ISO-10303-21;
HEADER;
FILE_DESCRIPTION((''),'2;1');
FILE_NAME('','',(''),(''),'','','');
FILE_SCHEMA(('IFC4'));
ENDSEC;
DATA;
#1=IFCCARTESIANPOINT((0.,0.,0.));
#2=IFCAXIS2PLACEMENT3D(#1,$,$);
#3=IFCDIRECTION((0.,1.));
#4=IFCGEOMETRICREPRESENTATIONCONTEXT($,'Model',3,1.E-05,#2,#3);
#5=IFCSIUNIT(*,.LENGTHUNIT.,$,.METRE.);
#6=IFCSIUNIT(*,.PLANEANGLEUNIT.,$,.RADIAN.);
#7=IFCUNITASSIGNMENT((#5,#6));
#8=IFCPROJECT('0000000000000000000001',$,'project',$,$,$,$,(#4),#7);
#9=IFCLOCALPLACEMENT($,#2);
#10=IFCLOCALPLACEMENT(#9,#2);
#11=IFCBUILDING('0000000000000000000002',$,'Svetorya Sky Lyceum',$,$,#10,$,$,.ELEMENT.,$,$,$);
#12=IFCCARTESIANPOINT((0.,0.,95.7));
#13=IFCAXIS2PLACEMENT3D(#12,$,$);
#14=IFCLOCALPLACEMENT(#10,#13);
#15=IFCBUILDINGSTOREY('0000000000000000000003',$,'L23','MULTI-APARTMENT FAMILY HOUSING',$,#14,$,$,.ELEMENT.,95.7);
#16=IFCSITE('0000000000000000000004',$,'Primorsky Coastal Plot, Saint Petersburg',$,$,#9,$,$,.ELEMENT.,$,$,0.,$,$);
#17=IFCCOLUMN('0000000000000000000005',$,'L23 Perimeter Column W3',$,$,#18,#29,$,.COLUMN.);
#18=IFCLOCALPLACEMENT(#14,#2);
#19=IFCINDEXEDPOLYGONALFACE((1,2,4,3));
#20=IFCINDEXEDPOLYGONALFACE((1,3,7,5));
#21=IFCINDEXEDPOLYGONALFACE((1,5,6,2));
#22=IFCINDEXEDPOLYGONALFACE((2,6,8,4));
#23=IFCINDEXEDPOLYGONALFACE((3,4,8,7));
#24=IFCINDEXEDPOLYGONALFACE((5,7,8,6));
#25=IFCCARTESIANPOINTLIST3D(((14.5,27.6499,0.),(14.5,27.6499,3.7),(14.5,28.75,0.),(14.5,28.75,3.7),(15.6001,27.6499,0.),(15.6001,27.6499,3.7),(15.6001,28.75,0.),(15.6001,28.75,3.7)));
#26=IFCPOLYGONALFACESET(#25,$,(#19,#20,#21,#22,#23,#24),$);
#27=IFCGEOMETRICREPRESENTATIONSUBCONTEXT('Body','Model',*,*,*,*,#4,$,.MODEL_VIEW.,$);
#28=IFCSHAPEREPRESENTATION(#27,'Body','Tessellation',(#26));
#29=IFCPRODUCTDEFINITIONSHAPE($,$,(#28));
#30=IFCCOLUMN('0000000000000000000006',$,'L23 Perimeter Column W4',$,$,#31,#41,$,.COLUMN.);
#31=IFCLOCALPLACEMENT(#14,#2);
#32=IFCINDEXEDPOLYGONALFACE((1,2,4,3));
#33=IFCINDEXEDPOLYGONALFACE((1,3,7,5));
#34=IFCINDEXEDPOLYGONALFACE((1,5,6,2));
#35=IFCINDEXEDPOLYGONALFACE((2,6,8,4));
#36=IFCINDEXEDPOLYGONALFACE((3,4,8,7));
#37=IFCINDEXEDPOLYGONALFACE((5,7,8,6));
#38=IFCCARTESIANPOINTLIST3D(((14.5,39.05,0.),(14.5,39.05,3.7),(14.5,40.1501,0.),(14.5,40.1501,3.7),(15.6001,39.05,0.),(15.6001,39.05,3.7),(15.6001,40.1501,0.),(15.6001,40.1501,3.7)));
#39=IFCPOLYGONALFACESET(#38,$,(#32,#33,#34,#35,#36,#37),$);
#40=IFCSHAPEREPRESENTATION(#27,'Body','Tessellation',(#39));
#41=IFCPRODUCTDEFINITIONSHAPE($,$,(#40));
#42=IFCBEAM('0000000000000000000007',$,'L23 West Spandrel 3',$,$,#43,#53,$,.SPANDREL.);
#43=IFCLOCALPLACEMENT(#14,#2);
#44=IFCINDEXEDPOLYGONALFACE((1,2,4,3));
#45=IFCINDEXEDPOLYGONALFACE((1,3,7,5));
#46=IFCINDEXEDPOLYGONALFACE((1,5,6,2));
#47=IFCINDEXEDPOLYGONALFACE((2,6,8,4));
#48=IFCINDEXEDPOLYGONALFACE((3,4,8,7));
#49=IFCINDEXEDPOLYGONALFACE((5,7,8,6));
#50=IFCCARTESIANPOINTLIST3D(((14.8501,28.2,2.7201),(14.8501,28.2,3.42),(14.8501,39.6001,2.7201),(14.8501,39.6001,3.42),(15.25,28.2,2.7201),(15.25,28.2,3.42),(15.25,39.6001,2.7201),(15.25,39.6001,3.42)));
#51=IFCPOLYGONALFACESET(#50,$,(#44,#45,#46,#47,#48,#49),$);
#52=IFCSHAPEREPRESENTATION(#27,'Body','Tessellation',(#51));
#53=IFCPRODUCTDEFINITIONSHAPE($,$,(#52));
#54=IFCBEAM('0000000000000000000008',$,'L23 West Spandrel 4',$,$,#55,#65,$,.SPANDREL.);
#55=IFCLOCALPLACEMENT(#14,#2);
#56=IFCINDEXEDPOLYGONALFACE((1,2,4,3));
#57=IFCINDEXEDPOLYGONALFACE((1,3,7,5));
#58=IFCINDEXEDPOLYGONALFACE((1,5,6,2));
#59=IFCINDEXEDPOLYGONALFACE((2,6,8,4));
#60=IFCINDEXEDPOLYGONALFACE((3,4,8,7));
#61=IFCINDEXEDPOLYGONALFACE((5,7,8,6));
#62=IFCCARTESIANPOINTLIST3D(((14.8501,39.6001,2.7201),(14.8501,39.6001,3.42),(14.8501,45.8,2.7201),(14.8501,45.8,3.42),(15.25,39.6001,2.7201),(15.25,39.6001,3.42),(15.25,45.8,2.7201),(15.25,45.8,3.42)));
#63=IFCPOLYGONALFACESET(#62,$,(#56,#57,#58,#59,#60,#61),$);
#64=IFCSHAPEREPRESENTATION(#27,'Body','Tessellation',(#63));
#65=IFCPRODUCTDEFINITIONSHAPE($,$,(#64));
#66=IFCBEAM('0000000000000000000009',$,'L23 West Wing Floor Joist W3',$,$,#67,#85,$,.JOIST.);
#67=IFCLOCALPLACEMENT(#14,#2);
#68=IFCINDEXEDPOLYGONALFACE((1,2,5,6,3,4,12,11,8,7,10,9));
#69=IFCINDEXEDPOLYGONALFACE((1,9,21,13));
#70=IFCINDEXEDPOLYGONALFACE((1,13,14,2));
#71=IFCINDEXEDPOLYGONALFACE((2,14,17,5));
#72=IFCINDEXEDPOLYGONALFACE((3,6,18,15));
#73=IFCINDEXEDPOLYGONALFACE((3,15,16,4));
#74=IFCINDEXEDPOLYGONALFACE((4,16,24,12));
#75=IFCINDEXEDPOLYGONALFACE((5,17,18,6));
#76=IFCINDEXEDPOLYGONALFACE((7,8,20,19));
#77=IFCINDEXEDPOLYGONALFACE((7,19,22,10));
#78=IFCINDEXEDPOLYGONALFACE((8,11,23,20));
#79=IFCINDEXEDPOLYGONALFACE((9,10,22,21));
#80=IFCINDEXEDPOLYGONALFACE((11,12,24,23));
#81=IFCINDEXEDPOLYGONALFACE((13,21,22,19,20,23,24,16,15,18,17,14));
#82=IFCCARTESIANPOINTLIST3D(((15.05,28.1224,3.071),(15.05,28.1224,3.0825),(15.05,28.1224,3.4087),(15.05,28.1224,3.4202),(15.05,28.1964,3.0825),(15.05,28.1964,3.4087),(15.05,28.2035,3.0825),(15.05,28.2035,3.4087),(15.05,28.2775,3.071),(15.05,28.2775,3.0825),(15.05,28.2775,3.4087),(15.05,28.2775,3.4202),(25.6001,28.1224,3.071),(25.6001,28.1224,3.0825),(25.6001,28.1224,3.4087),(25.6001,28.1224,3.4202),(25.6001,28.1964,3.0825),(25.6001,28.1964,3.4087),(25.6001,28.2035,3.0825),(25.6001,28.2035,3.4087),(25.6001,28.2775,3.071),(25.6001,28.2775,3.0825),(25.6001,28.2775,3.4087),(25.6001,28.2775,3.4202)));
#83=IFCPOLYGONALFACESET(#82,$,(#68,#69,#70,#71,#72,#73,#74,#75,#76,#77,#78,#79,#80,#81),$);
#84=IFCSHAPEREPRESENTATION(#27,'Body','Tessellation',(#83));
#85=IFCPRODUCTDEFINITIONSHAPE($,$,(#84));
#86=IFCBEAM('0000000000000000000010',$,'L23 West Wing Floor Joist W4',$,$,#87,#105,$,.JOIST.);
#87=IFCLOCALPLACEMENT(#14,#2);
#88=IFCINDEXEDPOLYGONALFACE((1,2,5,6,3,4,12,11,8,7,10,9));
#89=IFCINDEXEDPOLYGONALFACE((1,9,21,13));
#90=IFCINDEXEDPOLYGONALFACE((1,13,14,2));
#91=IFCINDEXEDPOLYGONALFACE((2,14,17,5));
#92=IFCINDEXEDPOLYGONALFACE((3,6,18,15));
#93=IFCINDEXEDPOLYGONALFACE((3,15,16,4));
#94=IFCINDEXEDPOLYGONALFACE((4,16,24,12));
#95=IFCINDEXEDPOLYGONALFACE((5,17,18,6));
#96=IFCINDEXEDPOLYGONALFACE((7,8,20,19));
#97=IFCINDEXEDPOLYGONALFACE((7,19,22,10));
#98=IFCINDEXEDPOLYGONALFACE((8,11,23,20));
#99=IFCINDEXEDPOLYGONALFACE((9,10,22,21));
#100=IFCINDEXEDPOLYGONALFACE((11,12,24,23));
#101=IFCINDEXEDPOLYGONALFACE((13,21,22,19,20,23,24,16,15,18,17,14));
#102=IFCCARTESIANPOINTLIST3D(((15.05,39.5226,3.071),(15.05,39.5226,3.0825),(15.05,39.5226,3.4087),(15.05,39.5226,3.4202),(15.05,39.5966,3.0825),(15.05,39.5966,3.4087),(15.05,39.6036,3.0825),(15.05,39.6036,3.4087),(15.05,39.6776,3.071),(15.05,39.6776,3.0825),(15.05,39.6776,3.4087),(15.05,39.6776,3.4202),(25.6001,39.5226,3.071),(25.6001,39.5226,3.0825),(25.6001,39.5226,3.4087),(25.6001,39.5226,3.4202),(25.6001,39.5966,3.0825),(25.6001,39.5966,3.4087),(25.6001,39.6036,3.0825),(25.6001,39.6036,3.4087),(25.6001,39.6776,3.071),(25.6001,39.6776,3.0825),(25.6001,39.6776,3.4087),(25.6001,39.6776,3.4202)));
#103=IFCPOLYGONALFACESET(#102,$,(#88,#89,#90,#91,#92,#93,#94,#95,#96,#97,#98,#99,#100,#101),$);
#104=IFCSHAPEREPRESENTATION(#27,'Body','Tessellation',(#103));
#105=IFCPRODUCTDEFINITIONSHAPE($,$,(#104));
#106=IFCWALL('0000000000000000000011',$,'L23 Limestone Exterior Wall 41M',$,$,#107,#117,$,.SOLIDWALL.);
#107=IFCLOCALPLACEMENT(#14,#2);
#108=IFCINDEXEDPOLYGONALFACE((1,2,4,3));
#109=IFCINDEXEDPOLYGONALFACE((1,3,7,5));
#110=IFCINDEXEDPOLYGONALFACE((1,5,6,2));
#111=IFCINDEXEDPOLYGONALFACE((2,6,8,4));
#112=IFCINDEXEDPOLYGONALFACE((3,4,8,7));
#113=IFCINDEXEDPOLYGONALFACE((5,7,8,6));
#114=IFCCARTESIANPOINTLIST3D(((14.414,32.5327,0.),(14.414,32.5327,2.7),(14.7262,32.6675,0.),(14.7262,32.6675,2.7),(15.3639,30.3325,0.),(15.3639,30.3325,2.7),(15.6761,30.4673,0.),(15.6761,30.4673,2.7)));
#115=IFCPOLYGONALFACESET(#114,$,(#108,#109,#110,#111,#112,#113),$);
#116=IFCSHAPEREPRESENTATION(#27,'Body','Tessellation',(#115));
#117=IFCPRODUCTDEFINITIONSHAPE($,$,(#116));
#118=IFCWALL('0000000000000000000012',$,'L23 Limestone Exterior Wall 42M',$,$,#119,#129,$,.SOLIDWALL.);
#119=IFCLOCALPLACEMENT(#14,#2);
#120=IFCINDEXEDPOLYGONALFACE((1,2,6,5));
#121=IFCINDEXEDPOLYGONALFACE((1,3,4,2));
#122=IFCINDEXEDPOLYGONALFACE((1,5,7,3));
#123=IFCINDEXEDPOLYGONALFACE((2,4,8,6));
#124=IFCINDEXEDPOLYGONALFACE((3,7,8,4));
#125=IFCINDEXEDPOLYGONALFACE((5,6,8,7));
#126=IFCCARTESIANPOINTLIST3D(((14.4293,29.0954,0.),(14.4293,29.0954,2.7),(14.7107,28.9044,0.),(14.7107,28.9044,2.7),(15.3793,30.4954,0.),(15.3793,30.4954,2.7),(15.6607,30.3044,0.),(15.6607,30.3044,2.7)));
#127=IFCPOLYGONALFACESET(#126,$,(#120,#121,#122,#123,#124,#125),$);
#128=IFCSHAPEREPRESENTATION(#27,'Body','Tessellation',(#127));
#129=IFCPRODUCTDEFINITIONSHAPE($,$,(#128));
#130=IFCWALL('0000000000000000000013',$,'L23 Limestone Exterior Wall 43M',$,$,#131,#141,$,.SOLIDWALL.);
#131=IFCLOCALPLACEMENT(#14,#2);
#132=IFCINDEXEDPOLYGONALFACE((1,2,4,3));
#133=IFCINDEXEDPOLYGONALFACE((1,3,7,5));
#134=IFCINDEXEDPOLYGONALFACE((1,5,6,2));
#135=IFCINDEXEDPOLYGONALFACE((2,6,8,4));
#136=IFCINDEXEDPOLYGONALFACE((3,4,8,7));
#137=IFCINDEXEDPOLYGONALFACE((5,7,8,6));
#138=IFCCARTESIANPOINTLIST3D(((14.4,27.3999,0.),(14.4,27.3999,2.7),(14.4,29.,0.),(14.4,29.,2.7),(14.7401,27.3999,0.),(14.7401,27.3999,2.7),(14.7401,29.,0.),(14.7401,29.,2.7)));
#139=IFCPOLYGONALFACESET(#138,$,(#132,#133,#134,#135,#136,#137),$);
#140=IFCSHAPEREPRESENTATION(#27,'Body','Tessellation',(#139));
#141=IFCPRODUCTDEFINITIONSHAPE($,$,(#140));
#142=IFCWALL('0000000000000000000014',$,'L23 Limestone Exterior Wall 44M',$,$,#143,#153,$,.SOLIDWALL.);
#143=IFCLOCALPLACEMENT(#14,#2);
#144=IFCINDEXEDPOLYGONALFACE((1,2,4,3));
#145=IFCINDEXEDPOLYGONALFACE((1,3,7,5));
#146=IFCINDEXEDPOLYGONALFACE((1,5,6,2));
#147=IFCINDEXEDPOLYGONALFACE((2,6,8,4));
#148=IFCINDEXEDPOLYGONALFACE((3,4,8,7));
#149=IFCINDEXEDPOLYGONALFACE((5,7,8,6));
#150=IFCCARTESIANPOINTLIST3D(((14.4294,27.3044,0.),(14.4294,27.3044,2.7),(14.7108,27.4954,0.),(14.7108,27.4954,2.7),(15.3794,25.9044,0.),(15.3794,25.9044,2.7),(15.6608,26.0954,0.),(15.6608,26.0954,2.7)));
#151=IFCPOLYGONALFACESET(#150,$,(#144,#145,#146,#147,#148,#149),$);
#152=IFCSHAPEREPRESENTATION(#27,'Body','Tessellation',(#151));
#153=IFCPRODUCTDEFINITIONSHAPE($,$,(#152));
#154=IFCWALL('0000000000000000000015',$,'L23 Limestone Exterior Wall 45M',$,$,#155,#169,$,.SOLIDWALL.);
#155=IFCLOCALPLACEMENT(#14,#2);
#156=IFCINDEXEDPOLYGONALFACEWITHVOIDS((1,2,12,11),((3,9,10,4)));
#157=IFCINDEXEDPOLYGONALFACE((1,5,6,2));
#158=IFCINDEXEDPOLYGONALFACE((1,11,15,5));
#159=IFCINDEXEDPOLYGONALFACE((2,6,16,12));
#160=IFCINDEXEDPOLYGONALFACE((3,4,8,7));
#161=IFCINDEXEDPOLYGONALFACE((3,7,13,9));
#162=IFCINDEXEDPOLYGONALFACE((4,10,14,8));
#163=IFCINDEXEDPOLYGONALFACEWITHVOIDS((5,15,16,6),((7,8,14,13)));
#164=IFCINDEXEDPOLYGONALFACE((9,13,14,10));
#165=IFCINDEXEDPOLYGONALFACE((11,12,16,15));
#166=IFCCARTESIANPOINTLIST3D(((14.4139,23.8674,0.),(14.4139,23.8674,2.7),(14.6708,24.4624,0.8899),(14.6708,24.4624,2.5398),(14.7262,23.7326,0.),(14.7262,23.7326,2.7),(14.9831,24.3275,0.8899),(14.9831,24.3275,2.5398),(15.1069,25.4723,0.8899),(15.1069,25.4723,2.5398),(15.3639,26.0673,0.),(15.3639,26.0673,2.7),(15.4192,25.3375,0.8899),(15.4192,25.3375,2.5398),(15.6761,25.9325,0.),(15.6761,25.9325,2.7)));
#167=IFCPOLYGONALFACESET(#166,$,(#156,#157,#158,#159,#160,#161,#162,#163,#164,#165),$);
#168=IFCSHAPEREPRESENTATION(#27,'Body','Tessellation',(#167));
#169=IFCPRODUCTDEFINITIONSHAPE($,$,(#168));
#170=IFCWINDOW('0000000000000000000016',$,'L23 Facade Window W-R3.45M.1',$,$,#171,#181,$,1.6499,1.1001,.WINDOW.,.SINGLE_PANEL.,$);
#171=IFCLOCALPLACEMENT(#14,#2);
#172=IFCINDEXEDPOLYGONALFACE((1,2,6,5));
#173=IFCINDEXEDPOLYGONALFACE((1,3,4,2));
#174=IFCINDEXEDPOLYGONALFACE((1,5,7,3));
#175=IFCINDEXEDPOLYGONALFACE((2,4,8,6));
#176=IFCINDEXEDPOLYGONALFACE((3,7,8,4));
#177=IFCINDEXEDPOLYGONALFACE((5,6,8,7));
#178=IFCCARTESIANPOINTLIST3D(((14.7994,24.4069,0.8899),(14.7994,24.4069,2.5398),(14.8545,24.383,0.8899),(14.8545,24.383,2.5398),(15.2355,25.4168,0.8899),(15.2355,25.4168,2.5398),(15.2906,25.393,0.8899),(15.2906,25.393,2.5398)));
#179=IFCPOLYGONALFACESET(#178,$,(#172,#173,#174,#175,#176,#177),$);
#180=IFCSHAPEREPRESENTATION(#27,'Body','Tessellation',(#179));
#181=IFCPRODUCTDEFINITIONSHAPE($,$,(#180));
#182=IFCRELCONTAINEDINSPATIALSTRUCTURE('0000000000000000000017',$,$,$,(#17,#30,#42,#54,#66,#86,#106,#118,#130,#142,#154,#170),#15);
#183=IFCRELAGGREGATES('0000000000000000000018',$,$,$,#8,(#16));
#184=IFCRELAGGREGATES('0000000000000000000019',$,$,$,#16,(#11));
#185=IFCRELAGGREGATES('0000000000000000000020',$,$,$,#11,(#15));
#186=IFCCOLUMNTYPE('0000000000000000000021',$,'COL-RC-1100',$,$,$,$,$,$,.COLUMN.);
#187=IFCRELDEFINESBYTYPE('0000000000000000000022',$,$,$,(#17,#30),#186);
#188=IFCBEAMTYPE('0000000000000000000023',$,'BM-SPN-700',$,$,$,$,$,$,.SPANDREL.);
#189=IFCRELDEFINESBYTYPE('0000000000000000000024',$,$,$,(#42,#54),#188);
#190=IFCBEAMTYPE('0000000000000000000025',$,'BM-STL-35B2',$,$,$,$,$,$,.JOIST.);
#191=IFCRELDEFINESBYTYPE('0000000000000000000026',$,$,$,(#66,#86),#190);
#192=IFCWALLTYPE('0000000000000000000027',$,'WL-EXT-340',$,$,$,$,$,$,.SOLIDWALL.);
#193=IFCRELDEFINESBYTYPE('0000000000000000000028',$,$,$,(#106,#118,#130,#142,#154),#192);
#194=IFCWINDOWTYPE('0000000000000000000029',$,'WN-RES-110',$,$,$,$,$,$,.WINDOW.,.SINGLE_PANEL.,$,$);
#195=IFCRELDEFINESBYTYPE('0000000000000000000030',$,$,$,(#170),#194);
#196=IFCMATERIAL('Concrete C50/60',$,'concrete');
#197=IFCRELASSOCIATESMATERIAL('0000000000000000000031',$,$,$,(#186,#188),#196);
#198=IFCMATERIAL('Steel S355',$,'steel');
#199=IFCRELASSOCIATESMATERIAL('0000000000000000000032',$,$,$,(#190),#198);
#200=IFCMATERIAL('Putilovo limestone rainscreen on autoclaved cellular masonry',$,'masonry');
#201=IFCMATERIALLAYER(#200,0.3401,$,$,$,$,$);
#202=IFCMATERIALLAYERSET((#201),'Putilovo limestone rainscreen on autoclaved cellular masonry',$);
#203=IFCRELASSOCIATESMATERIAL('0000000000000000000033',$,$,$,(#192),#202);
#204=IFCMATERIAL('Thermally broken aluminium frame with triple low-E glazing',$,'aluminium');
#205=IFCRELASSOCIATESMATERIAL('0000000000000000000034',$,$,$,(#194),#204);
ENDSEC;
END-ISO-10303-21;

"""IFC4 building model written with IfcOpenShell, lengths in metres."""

from ifc_helpers import new_model, si_unit, direction, frame, frame_2d, origin, origin_2d, place, context, subcontext, project, spatial, rectangle, i_section, extrude, material, layer, layer_set, material_profile, profile_set, type_object, element, fill, save


model = new_model("IFC4")

# Units and contexts
model_context = context("Model", 3, precision=1e-05, world=origin(), true_north=direction((0.0, 1.0)))
body_context = subcontext(model_context, "Body", "Model", "MODEL_VIEW")
ifc_project = project(units=[si_unit("LENGTHUNIT", "METRE"), si_unit("PLANEANGLEUNIT", "RADIAN")], contexts=[model_context])

# Site, building, storey
site_placement = place(None, origin())
site = spatial("IfcSite", under=ifc_project, at=site_placement, Name="Primorsky Coastal Plot, Saint Petersburg", CompositionType="ELEMENT", RefElevation=0.0)
building_placement = place(site_placement, origin())
building = spatial("IfcBuilding", under=site, at=building_placement, Name="Svetorya Sky Lyceum", CompositionType="ELEMENT")
storey_placement = place(building_placement, frame((0.0, 0.0, 95.7)))
storey = spatial("IfcBuildingStorey", under=building, at=storey_placement, Name="L23", Description="MULTI-APARTMENT FAMILY HOUSING", CompositionType="ELEMENT", Elevation=95.7)

# Columns
ifc_material_1 = material(Name="Concrete C50/60", Category="concrete")
ifc_material_profile_1 = material_profile(ifc_material_1, rectangle(XDim=1.1001, YDim=1.1001, at=origin_2d()), Name="RC COL 1100x1100")
ifc_profile_set_1 = profile_set([ifc_material_profile_1], Name="Concrete C50/60")
column_type = type_object("IfcColumnType", Name="COL-RC-1100", PredefinedType="COLUMN", material=ifc_profile_set_1)
for number, where, z_axis, x_axis, name in (
    (1, (15.05, 28.2, 0.0), (0.0, 0.0, 1.0), (1.0, 0.0, 0.0), "L23 Perimeter Column W3"),
    (2, (15.05, 39.6001, 0.0), (0.0, 0.0, 1.0), (1.0, 0.0, 0.0), "L23 Perimeter Column W4"),
):
    element("IfcColumn", number, at=place(storey_placement, frame(where, z_axis=z_axis, x_axis=x_axis)), inside=storey, type_object=column_type, Name=name, PredefinedType="COLUMN", context=body_context, shape_type="SweptSolid", body=[
        extrude(rectangle(XDim=1.1001, YDim=1.1001, at=origin_2d()), origin(), (0.0, 0.0, 1.0), 3.7),
    ])

# Beams
ifc_material_profile_2 = material_profile(ifc_material_1, rectangle(XDim=0.3999, YDim=0.7, at=origin_2d()), Name="RC SPANDREL 400x700")
ifc_profile_set_2 = profile_set([ifc_material_profile_2], Name="Concrete C50/60")
beam_type_1 = type_object("IfcBeamType", Name="BM-SPN-700", PredefinedType="SPANDREL", material=ifc_profile_set_2)
beam_1_placement = place(storey_placement, frame((15.05, 28.2, 3.0701), z_axis=(0.0, 1.0, 0.0), x_axis=(-1.0, 0.0, 0.0)))
element("IfcBeam", 3, at=beam_1_placement, inside=storey, type_object=beam_type_1, Name="L23 West Spandrel 3", PredefinedType="SPANDREL", context=body_context, shape_type="SweptSolid", body=[
    extrude(rectangle(XDim=0.3999, YDim=0.7, at=origin_2d()), origin(), (0.0, 0.0, 1.0), 11.4001),
])
beam_2_placement = place(storey_placement, frame((15.05, 39.6001, 3.0701), z_axis=(0.0, 1.0, 0.0), x_axis=(-1.0, 0.0, 0.0)))
element("IfcBeam", 4, at=beam_2_placement, inside=storey, type_object=beam_type_1, Name="L23 West Spandrel 4", PredefinedType="SPANDREL", context=body_context, shape_type="SweptSolid", body=[
    extrude(rectangle(XDim=0.3999, YDim=0.7, at=origin_2d()), origin(), (0.0, 0.0, 1.0), 6.2),
])
ifc_material_2 = material(Name="Steel S355", Category="steel")
ifc_material_profile_3 = material_profile(ifc_material_2, i_section(OverallWidth=0.155, OverallDepth=0.3491, WebThickness=0.0071, FlangeThickness=0.0115, at=origin_2d()), Name="GOST 35B2")
ifc_profile_set_3 = profile_set([ifc_material_profile_3], Name="Steel S355")
beam_type_2 = type_object("IfcBeamType", Name="BM-STL-35B2", PredefinedType="JOIST", material=ifc_profile_set_3)
for number, where, z_axis, x_axis, name in (
    (5, (15.05, 28.2, 3.2456), (1.0, 0.0, 0.0), (0.0, 1.0, 0.0), "L23 West Wing Floor Joist W3"),
    (6, (15.05, 39.6001, 3.2456), (1.0, 0.0, 0.0), (0.0, 1.0, 0.0), "L23 West Wing Floor Joist W4"),
):
    element("IfcBeam", number, at=place(storey_placement, frame(where, z_axis=z_axis, x_axis=x_axis)), inside=storey, type_object=beam_type_2, Name=name, PredefinedType="JOIST", context=body_context, shape_type="SweptSolid", body=[
        extrude(i_section(OverallWidth=0.155, OverallDepth=0.3491, WebThickness=0.0071, FlangeThickness=0.0115, at=origin_2d()), origin(), (0.0, 0.0, 1.0), 10.55),
    ])

# Walls
ifc_material_3 = material(Name="Putilovo limestone rainscreen on autoclaved cellular masonry", Category="masonry")
ifc_layer_1 = layer(ifc_material_3, 0.3401)
ifc_layer_set_1 = layer_set([ifc_layer_1], Name="Putilovo limestone rainscreen on autoclaved cellular masonry")
wall_type_1 = type_object("IfcWallType", Name="WL-EXT-340", PredefinedType="SOLIDWALL", material=ifc_layer_set_1)
wall_1_placement = place(storey_placement, frame((14.5701, 32.6001, 0.0), z_axis=(0.0, 0.0, 1.0), x_axis=(0.396389, -0.918083, 0.0)))
element("IfcWall", 7, at=wall_1_placement, inside=storey, type_object=wall_type_1, Name="L23 Limestone Exterior Wall 41M", PredefinedType="SOLIDWALL", context=body_context, shape_type="SweptSolid", body=[
    extrude(rectangle(XDim=2.3965, YDim=0.3401, at=frame_2d((1.1982, 0.0))), origin(), (0.0, 0.0, 1.0), 2.7),
])
wall_2_placement = place(storey_placement, frame((15.52, 30.3999, 0.0), z_axis=(0.0, 0.0, 1.0), x_axis=(-0.561508, -0.827471, 0.0)))
element("IfcWall", 8, at=wall_2_placement, inside=storey, type_object=wall_type_1, Name="L23 Limestone Exterior Wall 42M", PredefinedType="SOLIDWALL", context=body_context, shape_type="SweptSolid", body=[
    extrude(rectangle(XDim=1.6919, YDim=0.3401, at=frame_2d((0.8459, 0.0))), origin(), (0.0, 0.0, 1.0), 2.7),
])
wall_3_placement = place(storey_placement, frame((14.5701, 29.0, 0.0), z_axis=(0.0, 0.0, 1.0), x_axis=(0.0, -1.0, 0.0)))
element("IfcWall", 9, at=wall_3_placement, inside=storey, type_object=wall_type_1, Name="L23 Limestone Exterior Wall 43M", PredefinedType="SOLIDWALL", context=body_context, shape_type="SweptSolid", body=[
    extrude(rectangle(XDim=1.6001, YDim=0.3401, at=frame_2d((0.8, 0.0))), origin(), (0.0, 0.0, 1.0), 2.7),
])
wall_4_placement = place(storey_placement, frame((14.5701, 27.3999, 0.0), z_axis=(0.0, 0.0, 1.0), x_axis=(0.561508, -0.827471, 0.0)))
element("IfcWall", 10, at=wall_4_placement, inside=storey, type_object=wall_type_1, Name="L23 Limestone Exterior Wall 44M", PredefinedType="SOLIDWALL", context=body_context, shape_type="SweptSolid", body=[
    extrude(rectangle(XDim=1.6919, YDim=0.3401, at=frame_2d((0.8459, 0.0))), origin(), (0.0, 0.0, 1.0), 2.7),
])

# Wall, opening, window
wall_5_placement = place(storey_placement, frame((15.52, 26.0, 0.0), z_axis=(0.0, 0.0, 1.0), x_axis=(-0.396426, -0.918067, 0.0)))
wall_5 = element("IfcWall", 11, at=wall_5_placement, inside=storey, type_object=wall_type_1, Name="L23 Limestone Exterior Wall 45M", PredefinedType="SOLIDWALL", context=body_context, shape_type="SweptSolid", body=[
    extrude(rectangle(XDim=2.3962, YDim=0.3401, at=frame_2d((1.1982, 0.0))), origin(), (0.0, 0.0, 1.0), 2.7),
])
opening_1_placement = place(wall_5_placement, frame((0.6482, 0.0, 0.8899)))
opening_1 = element("IfcOpeningElement", 12, at=opening_1_placement, cuts=wall_5, PredefinedType="OPENING", context=body_context, shape_type="SweptSolid", body=[
    extrude(rectangle(XDim=1.1001, YDim=1.6499, at=frame_2d((0.55, 0.825))), frame((0.0, 0.1799, 0.0), z_axis=(0.0, -1.0, 0.0), x_axis=(1.0, 0.0, 0.0)), (0.0, 0.0, 1.0), 0.3601),
])
ifc_material_4 = material(Name="Thermally broken aluminium frame with triple low-E glazing", Category="aluminium")
window_type_1 = type_object("IfcWindowType", Name="WN-RES-110", PartitioningType="SINGLE_PANEL", PredefinedType="WINDOW", material=ifc_material_4)
window_1_placement = place(opening_1_placement, origin())
window_1 = element("IfcWindow", 13, at=window_1_placement, inside=storey, type_object=window_type_1, Name="L23 Facade Window W-R3.45M.1", OverallHeight=1.6499, OverallWidth=1.1001, PartitioningType="SINGLE_PANEL", PredefinedType="WINDOW", context=body_context, shape_type="SweptSolid", body=[
    extrude(rectangle(XDim=1.1001, YDim=1.6499, at=frame_2d((0.55, 0.825))), frame((0.0, 0.03, 0.0), z_axis=(0.0, -1.0, 0.0), x_axis=(1.0, 0.0, 0.0)), (0.0, 0.0, 1.0), 0.0601),
])
fill(opening_1, window_1)

save(model, "model.ifc")
